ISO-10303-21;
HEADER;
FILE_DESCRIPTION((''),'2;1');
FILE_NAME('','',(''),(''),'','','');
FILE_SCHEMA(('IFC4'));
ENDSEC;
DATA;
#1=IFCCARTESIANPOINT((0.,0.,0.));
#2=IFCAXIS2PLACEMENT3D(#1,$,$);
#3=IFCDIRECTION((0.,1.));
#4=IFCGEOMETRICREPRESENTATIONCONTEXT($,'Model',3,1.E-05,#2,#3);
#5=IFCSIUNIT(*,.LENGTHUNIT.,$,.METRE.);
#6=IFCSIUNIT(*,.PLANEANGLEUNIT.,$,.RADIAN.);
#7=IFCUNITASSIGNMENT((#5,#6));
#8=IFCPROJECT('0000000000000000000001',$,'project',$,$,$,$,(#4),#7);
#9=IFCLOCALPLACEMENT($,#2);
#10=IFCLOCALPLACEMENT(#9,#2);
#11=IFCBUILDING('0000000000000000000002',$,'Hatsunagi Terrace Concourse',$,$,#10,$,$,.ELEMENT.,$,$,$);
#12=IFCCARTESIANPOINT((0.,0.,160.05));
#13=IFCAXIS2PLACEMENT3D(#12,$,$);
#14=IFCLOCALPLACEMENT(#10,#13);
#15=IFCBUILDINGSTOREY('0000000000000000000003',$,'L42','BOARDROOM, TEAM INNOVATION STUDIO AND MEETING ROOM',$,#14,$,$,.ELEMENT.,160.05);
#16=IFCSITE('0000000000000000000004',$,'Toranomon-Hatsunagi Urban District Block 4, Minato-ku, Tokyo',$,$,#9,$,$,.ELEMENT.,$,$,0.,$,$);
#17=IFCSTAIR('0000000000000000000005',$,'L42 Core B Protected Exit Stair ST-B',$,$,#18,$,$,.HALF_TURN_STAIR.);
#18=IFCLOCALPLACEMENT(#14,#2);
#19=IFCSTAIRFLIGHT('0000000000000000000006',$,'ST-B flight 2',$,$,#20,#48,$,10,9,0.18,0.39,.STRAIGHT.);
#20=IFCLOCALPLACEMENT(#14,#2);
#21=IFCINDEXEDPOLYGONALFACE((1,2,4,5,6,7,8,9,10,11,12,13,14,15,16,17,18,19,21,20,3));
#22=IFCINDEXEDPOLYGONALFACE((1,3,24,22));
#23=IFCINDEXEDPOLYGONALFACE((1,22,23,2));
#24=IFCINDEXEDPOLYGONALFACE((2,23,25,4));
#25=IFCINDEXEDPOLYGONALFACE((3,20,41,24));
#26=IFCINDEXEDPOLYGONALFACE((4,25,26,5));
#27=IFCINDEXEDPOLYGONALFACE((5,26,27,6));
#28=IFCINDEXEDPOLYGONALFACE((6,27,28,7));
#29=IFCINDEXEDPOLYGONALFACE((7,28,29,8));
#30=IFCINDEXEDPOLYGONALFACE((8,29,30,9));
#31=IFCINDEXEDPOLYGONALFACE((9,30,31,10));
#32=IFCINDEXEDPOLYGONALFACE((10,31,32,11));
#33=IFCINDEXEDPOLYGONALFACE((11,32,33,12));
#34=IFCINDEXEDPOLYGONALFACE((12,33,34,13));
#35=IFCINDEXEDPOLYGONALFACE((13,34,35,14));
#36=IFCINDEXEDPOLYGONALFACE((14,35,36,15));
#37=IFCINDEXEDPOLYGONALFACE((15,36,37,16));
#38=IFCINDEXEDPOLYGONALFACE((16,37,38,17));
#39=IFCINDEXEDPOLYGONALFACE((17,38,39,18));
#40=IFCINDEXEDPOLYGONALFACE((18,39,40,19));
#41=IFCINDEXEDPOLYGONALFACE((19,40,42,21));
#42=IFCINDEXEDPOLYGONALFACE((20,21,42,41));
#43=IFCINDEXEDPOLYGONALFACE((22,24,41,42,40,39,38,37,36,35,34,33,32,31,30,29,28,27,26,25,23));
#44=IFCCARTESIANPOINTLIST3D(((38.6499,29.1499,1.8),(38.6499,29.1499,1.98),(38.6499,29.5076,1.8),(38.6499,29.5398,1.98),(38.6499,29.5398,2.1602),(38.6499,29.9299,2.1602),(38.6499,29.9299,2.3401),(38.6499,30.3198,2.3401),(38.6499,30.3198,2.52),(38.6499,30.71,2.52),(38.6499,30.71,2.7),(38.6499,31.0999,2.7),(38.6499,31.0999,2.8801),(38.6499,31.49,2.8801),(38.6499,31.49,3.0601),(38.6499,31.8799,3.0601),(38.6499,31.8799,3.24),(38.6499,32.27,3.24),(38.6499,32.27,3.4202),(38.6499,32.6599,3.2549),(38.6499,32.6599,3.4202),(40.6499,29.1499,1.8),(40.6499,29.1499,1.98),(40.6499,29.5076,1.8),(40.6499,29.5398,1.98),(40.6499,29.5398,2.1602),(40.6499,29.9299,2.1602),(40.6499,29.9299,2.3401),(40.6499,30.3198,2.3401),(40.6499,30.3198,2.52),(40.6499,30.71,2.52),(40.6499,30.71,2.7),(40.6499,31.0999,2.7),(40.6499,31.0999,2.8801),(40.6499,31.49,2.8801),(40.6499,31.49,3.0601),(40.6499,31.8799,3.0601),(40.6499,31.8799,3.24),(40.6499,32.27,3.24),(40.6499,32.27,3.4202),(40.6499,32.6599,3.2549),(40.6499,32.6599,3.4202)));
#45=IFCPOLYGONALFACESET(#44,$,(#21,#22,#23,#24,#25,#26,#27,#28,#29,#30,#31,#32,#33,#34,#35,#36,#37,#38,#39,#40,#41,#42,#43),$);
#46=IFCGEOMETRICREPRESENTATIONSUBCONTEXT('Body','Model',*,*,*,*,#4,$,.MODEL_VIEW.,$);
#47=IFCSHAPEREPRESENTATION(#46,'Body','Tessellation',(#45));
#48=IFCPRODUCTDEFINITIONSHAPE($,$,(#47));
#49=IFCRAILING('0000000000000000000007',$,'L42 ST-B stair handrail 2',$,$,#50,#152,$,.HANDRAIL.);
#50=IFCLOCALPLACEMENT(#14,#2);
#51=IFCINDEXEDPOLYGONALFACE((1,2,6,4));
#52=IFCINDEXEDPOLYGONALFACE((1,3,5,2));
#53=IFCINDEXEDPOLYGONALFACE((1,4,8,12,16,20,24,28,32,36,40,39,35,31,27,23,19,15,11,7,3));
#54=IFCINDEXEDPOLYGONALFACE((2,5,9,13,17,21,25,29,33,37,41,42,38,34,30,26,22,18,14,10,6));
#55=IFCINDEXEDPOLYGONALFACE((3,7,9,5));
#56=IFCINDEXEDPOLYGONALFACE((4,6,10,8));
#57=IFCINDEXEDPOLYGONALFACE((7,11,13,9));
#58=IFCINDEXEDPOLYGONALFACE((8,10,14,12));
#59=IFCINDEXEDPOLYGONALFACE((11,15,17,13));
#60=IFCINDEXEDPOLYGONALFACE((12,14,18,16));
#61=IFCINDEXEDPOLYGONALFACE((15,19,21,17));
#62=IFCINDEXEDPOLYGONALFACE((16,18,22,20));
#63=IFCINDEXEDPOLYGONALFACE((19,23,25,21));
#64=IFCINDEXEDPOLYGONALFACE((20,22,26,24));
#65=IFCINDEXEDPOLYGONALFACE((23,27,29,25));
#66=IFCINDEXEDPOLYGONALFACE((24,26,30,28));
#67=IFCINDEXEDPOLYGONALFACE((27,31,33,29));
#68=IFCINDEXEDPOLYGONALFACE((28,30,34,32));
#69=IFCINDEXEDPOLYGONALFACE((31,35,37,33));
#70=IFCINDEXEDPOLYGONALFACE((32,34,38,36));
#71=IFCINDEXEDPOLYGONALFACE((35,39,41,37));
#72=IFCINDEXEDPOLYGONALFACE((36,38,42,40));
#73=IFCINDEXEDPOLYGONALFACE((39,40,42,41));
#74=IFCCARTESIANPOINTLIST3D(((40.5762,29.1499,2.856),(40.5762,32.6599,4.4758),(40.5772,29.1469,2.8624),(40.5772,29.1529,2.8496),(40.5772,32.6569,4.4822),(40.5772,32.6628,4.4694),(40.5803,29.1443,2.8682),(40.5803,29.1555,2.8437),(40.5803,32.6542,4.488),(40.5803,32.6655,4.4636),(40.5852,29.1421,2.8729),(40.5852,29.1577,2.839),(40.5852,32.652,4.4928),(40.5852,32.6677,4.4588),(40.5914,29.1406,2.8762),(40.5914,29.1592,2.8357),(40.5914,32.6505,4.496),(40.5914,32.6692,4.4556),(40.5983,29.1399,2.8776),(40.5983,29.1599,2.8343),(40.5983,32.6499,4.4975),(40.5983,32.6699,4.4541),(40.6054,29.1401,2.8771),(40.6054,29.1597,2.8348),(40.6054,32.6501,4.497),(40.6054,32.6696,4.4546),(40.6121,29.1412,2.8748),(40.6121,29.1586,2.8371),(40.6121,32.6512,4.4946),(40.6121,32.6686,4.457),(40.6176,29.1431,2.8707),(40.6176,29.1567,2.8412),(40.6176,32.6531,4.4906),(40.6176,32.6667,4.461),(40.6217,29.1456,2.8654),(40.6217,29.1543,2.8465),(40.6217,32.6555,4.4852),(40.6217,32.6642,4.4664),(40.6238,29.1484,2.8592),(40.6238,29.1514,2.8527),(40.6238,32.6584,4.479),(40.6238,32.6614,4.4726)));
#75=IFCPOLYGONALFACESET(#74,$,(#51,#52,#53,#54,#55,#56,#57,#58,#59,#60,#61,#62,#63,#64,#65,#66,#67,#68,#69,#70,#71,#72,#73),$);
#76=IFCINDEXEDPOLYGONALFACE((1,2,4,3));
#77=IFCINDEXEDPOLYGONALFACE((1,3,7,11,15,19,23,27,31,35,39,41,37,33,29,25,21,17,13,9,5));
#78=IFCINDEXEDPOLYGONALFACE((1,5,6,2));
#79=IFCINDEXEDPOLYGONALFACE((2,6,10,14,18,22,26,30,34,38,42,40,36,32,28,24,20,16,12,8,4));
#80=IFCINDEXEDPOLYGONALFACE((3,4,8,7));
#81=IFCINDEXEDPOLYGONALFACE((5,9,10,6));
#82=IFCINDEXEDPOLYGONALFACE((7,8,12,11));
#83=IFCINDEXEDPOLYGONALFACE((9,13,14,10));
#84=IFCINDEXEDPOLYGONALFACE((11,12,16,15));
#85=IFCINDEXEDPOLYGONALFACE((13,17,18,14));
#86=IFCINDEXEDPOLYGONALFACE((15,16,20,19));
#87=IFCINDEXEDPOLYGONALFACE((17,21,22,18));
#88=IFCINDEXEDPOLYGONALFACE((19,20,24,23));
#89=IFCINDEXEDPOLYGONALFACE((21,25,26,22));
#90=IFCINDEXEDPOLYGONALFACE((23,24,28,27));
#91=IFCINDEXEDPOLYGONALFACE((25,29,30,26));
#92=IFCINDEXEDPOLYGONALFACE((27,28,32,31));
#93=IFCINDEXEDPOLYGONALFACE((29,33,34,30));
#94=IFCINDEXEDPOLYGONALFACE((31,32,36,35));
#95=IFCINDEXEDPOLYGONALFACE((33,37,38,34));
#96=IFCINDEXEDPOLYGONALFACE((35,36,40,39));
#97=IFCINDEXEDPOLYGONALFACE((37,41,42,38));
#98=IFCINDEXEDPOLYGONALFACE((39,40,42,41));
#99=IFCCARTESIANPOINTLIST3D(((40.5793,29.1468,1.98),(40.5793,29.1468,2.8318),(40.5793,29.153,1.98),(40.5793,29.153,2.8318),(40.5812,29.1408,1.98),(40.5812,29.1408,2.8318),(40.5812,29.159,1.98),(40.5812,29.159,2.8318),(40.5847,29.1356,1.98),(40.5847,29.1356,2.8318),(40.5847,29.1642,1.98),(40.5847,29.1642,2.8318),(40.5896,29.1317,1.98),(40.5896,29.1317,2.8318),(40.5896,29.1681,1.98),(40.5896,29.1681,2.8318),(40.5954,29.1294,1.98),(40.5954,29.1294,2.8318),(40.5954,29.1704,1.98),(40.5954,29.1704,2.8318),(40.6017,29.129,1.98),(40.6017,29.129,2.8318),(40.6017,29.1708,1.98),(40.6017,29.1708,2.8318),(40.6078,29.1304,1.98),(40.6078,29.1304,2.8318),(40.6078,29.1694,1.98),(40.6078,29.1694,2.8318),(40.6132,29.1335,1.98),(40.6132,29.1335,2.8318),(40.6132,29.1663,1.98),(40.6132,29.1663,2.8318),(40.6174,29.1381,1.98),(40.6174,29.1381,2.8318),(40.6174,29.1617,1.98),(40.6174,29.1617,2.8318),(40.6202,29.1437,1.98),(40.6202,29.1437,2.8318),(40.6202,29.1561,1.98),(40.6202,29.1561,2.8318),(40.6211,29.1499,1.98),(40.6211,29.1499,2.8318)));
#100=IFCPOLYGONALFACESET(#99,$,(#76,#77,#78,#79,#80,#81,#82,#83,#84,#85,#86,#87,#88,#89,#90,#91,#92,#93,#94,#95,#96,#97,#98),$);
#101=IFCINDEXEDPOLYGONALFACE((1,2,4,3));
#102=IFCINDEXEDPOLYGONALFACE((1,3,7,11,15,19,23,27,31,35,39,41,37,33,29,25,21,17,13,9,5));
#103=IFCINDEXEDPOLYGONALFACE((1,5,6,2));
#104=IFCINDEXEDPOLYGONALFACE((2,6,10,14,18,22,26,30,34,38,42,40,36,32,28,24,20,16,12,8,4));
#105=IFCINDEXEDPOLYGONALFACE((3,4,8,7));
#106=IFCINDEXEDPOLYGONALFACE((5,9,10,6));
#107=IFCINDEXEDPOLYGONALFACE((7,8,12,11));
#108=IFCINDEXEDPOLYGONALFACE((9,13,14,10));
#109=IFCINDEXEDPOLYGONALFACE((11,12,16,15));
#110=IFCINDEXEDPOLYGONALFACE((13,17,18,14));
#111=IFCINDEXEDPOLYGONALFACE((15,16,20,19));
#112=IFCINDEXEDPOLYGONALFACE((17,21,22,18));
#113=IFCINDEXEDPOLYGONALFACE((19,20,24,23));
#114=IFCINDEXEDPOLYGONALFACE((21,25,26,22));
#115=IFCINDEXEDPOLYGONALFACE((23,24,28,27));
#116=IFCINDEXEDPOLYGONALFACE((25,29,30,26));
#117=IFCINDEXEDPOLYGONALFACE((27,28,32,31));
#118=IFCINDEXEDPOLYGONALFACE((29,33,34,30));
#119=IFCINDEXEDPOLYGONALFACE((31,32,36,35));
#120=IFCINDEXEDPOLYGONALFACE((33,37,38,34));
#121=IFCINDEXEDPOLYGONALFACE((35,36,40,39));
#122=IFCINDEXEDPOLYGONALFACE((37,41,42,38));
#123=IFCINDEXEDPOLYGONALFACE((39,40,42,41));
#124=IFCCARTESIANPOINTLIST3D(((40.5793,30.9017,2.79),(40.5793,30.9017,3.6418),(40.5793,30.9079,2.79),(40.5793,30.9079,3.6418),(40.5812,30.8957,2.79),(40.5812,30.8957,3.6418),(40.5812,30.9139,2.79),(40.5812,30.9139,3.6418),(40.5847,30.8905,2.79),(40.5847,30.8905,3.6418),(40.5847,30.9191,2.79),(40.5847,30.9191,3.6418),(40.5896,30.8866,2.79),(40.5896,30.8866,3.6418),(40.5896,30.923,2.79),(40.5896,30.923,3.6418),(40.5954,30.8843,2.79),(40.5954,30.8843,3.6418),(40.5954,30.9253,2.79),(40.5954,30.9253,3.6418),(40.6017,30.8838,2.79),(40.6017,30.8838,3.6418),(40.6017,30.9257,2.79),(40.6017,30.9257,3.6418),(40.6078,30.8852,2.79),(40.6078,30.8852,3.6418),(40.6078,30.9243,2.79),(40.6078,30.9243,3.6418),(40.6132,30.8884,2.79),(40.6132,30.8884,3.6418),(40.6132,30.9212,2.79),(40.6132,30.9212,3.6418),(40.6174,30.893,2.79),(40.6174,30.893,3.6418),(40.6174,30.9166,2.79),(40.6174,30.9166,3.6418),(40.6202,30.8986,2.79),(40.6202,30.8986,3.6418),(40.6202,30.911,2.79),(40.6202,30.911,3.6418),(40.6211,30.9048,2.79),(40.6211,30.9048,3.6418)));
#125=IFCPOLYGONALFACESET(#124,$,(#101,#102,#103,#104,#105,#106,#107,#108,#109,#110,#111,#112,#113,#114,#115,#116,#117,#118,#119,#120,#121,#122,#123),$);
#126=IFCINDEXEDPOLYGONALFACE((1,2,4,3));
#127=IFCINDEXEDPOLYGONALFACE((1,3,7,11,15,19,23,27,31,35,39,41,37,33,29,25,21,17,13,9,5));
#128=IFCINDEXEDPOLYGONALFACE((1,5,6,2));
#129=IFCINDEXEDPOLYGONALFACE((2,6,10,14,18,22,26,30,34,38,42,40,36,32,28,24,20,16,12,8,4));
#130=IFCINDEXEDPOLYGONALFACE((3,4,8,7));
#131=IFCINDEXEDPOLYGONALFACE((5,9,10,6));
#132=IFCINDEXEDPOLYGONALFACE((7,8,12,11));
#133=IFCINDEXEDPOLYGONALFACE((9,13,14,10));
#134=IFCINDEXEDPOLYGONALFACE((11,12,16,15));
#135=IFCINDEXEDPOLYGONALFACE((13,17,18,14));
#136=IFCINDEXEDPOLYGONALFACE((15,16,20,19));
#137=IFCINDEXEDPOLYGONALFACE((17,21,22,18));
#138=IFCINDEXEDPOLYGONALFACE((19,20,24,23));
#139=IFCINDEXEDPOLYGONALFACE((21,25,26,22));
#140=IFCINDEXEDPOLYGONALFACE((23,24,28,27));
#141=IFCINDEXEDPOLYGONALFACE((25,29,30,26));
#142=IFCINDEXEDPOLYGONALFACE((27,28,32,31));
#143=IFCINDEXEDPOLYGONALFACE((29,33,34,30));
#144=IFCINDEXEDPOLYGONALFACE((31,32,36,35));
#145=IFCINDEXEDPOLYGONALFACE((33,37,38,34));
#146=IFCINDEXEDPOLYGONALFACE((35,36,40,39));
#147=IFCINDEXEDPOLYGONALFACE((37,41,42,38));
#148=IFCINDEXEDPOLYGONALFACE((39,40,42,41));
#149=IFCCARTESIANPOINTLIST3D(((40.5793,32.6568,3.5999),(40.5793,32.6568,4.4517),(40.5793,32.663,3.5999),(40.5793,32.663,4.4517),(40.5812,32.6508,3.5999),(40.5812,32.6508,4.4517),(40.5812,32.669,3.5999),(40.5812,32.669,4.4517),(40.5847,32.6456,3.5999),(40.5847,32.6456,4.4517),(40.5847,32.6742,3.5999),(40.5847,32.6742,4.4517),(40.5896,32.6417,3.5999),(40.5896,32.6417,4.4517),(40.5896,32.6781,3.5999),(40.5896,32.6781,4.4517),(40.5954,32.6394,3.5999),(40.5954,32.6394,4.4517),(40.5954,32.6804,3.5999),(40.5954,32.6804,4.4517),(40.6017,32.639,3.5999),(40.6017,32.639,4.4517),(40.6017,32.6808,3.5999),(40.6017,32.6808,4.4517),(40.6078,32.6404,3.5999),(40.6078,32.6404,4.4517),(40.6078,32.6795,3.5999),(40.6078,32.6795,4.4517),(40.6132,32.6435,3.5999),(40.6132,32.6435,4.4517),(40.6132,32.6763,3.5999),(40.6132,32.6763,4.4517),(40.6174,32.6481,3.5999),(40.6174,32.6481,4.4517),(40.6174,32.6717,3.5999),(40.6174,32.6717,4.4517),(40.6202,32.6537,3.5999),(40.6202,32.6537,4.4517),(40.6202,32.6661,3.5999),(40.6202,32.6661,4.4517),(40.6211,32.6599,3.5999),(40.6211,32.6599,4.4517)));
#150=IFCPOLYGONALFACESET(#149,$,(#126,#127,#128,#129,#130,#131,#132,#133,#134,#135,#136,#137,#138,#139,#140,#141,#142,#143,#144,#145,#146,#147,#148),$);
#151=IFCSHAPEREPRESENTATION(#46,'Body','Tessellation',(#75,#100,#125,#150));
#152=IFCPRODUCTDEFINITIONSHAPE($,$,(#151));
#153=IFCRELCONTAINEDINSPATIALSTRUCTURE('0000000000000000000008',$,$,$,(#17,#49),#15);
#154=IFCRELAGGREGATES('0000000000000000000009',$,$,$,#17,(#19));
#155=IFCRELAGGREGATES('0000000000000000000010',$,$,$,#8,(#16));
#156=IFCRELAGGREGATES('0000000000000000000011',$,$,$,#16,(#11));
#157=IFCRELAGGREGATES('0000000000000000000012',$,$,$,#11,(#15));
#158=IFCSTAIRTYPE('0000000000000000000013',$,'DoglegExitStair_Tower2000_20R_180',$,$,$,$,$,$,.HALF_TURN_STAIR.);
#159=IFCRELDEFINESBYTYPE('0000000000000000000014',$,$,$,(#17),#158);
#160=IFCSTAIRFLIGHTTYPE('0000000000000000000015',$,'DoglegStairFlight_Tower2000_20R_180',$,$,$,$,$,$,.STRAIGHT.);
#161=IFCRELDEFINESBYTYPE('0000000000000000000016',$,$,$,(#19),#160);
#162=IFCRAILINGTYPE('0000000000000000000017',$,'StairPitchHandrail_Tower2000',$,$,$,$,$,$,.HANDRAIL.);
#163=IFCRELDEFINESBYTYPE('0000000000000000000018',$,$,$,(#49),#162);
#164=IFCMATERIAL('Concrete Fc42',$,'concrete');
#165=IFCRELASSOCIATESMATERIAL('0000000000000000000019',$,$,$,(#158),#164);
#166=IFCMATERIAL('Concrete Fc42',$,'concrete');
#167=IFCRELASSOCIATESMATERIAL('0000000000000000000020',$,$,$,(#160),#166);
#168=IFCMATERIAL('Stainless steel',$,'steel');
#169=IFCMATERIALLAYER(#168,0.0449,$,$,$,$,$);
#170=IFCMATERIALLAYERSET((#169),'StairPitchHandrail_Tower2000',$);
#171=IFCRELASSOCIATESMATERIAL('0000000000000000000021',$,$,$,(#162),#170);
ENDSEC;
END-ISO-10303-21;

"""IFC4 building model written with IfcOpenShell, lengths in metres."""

from ifc_helpers import new_model, si_unit, direction, frame, origin, origin_2d, place, context, subcontext, project, spatial, polyline, circle, outline, extrude, material, layer, layer_set, type_object, element, aggregate, save


model = new_model("IFC4")

# Units and contexts
model_context = context("Model", 3, precision=1e-05, world=origin(), true_north=direction((0.0, 1.0)))
body_context = subcontext(model_context, "Body", "Model", "MODEL_VIEW")
ifc_project = project(units=[si_unit("LENGTHUNIT", "METRE"), si_unit("PLANEANGLEUNIT", "RADIAN")], contexts=[model_context])

# Site, building, storey
site_placement = place(None, origin())
site = spatial("IfcSite", under=ifc_project, at=site_placement, Name="Toranomon-Hatsunagi Urban District Block 4, Minato-ku, Tokyo", CompositionType="ELEMENT", RefElevation=0.0)
building_placement = place(site_placement, origin())
building = spatial("IfcBuilding", under=site, at=building_placement, Name="Hatsunagi Terrace Concourse", CompositionType="ELEMENT")
storey_placement = place(building_placement, frame((0.0, 0.0, 160.05)))
storey = spatial("IfcBuildingStorey", under=building, at=storey_placement, Name="L42", Description="BOARDROOM, TEAM INNOVATION STUDIO AND MEETING ROOM", CompositionType="ELEMENT", Elevation=160.05)

# Stair, stair flight
ifc_material_1 = material(Name="Concrete Fc42", Category="concrete")
stair_type = type_object("IfcStairType", Name="DoglegExitStair_Tower2000_20R_180", PredefinedType="HALF_TURN_STAIR", material=ifc_material_1)
stair_placement = place(storey_placement, origin())
stair = element("IfcStair", 1, at=stair_placement, inside=storey, type_object=stair_type, Name="L42 Core B Protected Exit Stair ST-B", PredefinedType="HALF_TURN_STAIR")
ifc_material_2 = material(Name="Concrete Fc42", Category="concrete")
stair_flight_type = type_object("IfcStairFlightType", Name="DoglegStairFlight_Tower2000_20R_180", PredefinedType="STRAIGHT", material=ifc_material_2)
stair_flight_placement = place(storey_placement, frame((39.6499, 29.1499, 1.8), z_axis=(0.0, 0.0, 1.0), x_axis=(0.0, 1.0, 0.0)))
stair_flight = element("IfcStairFlight", 2, at=stair_flight_placement, type_object=stair_flight_type, Name="ST-B flight 2", NumberOfRisers=10, NumberOfTreads=9, PredefinedType="STRAIGHT", RiserHeight=0.18, TreadLength=0.39, context=body_context, shape_type="SweptSolid", body=[
    extrude(outline(polyline([(0.0, 0.0), (0.0, 0.1799), (0.3899, 0.1799), (0.3899, 0.3601), (0.78, 0.3601), (0.78, 0.54), (1.1699, 0.54), (1.1699, 0.72), (1.5601, 0.72), (1.5601, 0.8999), (1.95, 0.8999), (1.95, 1.0801), (2.3401, 1.0801), (2.3401, 1.26), (2.73, 1.26), (2.73, 1.4399), (3.1201, 1.4399), (3.1201, 1.6201), (3.51, 1.6201), (3.51, 1.8), (3.51, 1.4548), (0.3577, 0.0), (0.0, 0.0)])), frame((0.0, 1.0, 0.0), z_axis=(0.0, -1.0, 0.0), x_axis=(1.0, 0.0, 0.0)), (0.0, 0.0, 1.0), 2.0),
])
aggregate(stair, [stair_flight])

# Railing
ifc_material_3 = material(Name="Stainless steel", Category="steel")
ifc_layer_1 = layer(ifc_material_3, 0.0449)
ifc_layer_set_1 = layer_set([ifc_layer_1], Name="StairPitchHandrail_Tower2000")
railing_type_1 = type_object("IfcRailingType", Name="StairPitchHandrail_Tower2000", PredefinedType="HANDRAIL", material=ifc_layer_set_1)
railing_1_placement = place(storey_placement, frame((40.6001, 29.1499, 1.98)))
element("IfcRailing", 3, at=railing_1_placement, inside=storey, type_object=railing_type_1, Name="L42 ST-B stair handrail 2", PredefinedType="HANDRAIL", context=body_context, shape_type="SweptSolid", body=[
    extrude(circle(Radius=0.0239, at=origin_2d()), frame((0.0, 0.0, 0.876), z_axis=(0.0, 0.907972, 0.41903), x_axis=(-1.0, 0.0, 0.0)), (0.0, 0.0, 1.0), 3.8657),
    extrude(circle(Radius=0.021, at=origin_2d()), origin(), (0.0, 0.0, 1.0), 0.8518),
    extrude(circle(Radius=0.021, at=origin_2d()), frame((0.0, 1.7549, 0.8101)), (0.0, 0.0, 1.0), 0.8518),
    extrude(circle(Radius=0.021, at=origin_2d()), frame((0.0, 3.51, 1.6199)), (0.0, 0.0, 1.0), 0.8518),
])

save(model, "model.ifc")
